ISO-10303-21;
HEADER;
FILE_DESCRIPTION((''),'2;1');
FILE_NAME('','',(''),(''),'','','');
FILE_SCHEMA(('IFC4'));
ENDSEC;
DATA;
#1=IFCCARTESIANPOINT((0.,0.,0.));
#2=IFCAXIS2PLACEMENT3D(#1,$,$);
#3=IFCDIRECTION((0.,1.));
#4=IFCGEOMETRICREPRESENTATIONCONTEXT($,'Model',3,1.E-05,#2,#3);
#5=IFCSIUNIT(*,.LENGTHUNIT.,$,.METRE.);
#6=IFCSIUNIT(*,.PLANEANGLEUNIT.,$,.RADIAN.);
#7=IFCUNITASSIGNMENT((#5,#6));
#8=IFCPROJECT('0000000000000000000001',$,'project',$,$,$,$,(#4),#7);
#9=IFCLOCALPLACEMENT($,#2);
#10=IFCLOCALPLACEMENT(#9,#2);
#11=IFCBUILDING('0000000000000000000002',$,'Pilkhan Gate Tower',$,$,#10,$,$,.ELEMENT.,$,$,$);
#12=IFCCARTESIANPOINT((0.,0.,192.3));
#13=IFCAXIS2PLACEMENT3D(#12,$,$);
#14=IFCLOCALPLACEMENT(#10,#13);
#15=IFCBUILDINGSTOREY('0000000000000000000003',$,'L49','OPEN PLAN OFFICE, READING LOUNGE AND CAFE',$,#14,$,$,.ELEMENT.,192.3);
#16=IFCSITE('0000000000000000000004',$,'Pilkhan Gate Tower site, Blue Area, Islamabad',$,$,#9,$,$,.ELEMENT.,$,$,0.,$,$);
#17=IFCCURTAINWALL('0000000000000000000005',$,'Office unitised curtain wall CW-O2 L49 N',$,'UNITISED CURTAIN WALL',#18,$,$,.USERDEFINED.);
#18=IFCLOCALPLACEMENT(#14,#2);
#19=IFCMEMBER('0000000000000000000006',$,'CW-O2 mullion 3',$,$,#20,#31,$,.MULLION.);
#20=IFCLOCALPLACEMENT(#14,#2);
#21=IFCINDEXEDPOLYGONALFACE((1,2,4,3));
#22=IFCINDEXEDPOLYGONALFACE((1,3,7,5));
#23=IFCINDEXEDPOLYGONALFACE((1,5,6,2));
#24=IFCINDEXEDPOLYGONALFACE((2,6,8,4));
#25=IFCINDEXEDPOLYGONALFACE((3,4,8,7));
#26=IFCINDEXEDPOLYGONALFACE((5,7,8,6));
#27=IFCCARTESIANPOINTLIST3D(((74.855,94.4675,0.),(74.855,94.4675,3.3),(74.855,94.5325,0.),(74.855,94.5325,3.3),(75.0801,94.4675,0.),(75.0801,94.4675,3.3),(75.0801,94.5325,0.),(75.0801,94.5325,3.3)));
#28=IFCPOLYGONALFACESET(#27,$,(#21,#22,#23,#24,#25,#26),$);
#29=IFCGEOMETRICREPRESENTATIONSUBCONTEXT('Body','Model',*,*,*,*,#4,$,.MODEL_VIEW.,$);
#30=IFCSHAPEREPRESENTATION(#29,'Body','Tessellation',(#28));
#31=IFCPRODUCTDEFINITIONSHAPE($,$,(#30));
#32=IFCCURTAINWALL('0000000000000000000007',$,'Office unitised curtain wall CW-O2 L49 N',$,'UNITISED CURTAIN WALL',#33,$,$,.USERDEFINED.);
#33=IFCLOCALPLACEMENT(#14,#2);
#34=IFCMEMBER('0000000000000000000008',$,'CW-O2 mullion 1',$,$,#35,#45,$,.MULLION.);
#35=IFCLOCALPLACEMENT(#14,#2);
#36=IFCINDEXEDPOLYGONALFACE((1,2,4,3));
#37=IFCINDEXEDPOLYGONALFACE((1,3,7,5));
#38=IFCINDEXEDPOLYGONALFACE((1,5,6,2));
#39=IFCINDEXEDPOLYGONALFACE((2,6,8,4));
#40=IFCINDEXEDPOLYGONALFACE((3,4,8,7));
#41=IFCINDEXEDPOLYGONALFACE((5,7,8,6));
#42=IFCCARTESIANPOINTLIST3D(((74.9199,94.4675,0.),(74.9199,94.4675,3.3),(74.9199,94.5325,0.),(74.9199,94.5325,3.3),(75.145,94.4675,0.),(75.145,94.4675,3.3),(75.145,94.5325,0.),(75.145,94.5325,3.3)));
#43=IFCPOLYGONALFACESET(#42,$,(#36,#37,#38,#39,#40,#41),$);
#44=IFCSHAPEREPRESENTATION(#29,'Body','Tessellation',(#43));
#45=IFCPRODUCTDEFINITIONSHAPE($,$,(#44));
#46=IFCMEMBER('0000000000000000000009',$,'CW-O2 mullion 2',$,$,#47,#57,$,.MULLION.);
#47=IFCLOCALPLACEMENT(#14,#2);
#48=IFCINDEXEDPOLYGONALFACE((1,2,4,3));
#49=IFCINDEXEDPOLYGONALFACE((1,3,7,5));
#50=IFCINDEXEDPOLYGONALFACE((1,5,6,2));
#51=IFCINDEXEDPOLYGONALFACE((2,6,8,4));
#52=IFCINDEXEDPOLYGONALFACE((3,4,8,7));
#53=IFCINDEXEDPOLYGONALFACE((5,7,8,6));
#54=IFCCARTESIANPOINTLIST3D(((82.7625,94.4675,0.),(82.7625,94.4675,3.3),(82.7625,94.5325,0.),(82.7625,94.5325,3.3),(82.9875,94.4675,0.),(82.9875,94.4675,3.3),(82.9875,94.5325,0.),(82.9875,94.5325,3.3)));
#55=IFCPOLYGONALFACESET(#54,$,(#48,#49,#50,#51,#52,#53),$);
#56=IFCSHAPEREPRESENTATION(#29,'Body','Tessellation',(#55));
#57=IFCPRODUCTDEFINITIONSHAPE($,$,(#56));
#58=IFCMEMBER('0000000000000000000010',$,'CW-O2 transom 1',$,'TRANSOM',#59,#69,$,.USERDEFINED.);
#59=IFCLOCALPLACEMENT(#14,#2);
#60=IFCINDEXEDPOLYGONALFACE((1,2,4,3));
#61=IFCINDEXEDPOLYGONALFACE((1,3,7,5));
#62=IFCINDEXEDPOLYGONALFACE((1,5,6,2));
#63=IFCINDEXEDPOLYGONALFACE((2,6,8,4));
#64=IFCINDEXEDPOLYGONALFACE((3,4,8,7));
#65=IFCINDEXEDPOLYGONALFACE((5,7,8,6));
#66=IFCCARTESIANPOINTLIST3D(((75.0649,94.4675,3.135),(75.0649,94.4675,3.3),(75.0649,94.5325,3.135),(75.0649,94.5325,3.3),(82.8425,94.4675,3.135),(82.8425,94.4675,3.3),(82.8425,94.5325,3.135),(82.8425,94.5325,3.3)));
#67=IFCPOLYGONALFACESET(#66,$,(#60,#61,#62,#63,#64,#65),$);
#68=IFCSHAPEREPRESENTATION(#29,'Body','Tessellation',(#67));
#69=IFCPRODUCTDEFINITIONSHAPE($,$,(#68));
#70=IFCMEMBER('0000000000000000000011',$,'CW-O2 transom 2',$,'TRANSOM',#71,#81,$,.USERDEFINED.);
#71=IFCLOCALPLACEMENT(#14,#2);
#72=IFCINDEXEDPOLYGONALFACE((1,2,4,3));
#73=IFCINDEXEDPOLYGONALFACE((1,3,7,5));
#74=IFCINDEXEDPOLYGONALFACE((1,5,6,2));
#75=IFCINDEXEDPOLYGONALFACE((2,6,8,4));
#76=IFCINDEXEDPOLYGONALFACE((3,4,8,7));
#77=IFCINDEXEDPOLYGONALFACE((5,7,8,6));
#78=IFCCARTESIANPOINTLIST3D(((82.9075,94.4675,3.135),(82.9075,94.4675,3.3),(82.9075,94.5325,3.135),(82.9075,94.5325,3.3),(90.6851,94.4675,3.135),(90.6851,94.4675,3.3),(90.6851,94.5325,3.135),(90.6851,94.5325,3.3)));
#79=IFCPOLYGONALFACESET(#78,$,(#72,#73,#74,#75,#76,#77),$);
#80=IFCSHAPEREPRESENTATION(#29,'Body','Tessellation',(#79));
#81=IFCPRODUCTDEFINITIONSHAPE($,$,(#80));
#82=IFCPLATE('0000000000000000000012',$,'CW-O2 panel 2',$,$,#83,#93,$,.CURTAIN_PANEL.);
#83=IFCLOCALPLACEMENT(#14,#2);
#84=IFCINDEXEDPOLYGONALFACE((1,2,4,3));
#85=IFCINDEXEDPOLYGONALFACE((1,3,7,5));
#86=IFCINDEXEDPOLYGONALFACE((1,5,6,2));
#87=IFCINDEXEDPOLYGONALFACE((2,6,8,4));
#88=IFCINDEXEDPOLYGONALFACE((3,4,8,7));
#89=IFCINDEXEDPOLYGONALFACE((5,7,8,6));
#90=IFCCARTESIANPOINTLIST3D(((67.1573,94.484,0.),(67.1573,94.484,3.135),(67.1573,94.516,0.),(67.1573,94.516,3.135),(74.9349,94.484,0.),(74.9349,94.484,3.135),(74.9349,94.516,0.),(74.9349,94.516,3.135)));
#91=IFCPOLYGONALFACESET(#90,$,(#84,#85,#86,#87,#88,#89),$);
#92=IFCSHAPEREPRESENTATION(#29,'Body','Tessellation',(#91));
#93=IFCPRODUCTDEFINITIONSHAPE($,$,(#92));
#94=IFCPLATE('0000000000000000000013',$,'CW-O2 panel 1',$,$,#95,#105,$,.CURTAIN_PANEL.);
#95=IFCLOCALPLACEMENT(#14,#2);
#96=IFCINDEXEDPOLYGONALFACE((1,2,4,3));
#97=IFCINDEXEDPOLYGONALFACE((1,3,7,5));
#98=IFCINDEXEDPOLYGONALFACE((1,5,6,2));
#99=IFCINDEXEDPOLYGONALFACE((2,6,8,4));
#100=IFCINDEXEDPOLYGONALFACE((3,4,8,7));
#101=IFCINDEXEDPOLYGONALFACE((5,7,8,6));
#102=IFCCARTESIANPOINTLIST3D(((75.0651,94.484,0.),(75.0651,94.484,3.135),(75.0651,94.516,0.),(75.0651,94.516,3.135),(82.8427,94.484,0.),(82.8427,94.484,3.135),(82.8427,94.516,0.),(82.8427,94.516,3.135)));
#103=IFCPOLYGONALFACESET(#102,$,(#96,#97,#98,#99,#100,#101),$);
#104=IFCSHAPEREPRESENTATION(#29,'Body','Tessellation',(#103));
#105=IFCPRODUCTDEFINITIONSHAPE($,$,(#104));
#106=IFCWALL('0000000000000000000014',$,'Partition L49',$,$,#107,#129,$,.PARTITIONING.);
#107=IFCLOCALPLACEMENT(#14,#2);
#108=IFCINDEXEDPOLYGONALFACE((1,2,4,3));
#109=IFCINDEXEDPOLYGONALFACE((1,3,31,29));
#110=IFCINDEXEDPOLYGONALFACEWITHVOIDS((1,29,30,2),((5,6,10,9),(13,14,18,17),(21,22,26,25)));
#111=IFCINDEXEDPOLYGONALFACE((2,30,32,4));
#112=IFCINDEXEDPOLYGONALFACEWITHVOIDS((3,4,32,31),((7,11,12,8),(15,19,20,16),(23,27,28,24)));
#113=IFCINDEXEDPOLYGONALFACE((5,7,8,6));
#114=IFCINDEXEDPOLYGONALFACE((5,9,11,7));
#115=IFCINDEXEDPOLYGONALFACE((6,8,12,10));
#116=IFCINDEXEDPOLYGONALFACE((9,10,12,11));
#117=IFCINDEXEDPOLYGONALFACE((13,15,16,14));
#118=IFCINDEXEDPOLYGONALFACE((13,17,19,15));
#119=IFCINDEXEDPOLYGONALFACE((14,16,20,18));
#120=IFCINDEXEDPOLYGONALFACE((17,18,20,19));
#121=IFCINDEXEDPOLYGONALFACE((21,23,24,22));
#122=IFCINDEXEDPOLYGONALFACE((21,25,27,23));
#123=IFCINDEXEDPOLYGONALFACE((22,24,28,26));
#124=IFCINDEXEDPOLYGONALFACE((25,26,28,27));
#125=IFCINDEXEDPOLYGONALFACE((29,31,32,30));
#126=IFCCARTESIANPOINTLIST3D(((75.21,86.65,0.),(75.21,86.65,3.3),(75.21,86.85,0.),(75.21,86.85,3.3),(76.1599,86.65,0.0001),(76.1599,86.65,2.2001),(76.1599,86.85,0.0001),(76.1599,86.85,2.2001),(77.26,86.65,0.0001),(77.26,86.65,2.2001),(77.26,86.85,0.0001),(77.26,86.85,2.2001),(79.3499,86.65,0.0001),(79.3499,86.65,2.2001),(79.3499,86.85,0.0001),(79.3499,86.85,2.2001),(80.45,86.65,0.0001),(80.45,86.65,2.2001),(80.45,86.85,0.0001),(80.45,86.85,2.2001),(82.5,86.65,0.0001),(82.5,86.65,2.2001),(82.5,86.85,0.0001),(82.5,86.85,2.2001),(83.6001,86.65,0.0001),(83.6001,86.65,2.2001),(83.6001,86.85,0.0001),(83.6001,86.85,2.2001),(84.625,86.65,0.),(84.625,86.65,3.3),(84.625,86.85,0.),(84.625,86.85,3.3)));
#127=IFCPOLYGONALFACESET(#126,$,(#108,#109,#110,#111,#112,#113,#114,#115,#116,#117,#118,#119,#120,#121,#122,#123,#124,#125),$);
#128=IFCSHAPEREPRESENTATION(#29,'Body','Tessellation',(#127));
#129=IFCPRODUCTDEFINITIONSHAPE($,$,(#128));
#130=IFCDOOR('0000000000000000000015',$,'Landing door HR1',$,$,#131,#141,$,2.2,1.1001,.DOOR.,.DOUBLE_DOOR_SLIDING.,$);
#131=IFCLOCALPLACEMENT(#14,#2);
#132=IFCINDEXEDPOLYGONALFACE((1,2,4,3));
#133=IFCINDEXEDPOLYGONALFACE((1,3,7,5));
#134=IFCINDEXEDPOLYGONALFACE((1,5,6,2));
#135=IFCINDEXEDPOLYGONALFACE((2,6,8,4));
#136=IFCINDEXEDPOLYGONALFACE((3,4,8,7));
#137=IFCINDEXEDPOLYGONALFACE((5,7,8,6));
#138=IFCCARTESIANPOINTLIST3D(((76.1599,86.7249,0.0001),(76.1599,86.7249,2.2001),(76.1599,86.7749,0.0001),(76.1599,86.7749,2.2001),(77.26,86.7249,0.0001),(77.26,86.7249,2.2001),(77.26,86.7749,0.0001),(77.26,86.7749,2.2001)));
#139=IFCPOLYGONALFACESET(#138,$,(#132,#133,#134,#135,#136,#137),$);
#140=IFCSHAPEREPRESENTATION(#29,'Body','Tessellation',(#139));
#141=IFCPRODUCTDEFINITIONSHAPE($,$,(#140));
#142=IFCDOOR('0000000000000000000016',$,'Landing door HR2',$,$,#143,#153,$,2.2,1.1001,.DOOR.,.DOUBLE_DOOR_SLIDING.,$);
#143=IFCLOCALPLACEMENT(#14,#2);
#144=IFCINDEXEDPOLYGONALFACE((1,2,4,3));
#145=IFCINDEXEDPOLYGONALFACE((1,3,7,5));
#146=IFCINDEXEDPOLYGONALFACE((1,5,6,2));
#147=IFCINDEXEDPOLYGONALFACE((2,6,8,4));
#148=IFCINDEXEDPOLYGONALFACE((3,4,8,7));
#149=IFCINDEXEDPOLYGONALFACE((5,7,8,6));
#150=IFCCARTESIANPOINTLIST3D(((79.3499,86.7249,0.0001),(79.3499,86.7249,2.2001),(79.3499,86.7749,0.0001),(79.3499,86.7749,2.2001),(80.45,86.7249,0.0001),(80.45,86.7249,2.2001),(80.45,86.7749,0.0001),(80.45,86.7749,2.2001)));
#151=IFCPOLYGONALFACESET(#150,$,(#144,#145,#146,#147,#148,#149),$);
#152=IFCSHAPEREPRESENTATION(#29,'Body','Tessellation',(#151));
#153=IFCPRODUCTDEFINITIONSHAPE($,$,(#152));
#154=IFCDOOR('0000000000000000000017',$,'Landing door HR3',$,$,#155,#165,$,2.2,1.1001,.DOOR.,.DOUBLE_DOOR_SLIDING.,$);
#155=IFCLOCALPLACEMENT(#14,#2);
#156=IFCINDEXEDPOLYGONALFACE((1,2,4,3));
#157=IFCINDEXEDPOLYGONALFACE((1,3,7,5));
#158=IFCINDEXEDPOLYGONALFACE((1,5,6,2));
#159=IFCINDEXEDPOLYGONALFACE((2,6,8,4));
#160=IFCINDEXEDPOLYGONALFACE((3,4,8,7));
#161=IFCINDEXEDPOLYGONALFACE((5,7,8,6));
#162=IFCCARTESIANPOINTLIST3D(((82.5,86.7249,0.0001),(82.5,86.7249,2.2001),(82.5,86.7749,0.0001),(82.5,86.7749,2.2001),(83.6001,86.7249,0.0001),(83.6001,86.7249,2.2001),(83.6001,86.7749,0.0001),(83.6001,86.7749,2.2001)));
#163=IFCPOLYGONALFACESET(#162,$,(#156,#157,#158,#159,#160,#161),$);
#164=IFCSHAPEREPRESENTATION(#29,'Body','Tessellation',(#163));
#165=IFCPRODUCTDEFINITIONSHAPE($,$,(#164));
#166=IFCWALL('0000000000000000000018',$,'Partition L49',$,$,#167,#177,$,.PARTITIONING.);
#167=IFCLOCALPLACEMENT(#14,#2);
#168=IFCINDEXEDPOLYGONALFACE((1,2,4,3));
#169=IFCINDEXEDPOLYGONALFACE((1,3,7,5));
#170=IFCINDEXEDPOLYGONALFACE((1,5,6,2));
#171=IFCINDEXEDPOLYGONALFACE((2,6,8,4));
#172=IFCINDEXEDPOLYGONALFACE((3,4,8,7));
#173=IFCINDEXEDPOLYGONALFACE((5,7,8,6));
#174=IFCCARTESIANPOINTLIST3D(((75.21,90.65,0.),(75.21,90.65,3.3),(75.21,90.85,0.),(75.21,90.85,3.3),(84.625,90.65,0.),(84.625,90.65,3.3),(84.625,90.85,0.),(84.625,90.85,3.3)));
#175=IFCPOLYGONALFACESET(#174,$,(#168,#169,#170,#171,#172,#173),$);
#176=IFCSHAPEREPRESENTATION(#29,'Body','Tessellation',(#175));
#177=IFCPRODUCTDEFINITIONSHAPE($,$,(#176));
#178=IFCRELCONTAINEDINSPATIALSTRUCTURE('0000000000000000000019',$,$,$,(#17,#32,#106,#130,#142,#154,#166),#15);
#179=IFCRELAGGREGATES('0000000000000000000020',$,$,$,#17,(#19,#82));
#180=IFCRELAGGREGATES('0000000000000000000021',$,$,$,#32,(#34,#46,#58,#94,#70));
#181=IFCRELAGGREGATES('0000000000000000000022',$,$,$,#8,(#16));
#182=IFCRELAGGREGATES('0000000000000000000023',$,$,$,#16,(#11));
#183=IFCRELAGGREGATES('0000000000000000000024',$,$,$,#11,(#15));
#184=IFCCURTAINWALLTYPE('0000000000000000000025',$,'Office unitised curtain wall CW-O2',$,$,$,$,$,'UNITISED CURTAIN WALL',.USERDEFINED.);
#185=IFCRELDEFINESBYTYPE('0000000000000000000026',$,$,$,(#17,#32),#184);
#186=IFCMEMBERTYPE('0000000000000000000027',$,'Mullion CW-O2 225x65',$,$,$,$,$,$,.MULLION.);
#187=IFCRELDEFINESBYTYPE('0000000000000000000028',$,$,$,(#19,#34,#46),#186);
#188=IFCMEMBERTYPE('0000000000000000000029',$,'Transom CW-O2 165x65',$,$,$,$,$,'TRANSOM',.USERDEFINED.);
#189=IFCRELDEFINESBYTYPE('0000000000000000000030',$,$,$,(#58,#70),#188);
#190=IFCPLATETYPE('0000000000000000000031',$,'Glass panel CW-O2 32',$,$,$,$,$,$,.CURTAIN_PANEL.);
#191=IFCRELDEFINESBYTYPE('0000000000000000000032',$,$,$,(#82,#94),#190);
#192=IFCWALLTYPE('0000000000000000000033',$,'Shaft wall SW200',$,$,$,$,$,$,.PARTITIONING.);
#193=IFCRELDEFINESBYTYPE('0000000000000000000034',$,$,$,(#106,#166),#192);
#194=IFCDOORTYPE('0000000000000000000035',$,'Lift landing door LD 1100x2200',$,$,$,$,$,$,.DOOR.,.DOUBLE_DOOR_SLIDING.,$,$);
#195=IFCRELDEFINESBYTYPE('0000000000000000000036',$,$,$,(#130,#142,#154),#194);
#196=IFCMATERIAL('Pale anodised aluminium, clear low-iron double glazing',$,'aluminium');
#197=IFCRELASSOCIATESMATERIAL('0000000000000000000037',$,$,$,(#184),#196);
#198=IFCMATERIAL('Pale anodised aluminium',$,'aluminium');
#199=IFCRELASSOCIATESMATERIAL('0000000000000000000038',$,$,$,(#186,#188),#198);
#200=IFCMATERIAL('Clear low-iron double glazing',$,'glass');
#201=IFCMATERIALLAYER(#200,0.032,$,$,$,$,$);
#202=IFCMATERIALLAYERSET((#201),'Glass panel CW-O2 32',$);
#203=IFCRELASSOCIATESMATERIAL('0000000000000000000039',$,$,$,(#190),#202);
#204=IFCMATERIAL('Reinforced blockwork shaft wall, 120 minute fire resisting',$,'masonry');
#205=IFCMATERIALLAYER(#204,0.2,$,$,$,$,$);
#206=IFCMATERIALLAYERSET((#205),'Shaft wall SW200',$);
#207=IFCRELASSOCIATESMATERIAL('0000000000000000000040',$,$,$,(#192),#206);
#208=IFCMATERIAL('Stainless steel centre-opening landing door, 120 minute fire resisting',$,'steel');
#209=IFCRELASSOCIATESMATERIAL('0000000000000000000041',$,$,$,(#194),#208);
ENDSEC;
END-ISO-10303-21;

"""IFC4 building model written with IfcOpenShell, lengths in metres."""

from ifc_helpers import new_model, si_unit, direction, frame, frame_2d, origin, origin_2d, place, context, subcontext, project, spatial, rectangle, extrude, material, layer, layer_set, material_profile, profile_set, type_object, element, fill, aggregate, save


model = new_model("IFC4")

# Units and contexts
model_context = context("Model", 3, precision=1e-05, world=origin(), true_north=direction((0.0, 1.0)))
body_context = subcontext(model_context, "Body", "Model", "MODEL_VIEW")
ifc_project = project(units=[si_unit("LENGTHUNIT", "METRE"), si_unit("PLANEANGLEUNIT", "RADIAN")], contexts=[model_context])

# Site, building, storey
site_placement = place(None, origin())
site = spatial("IfcSite", under=ifc_project, at=site_placement, Name="Pilkhan Gate Tower site, Blue Area, Islamabad", CompositionType="ELEMENT", RefElevation=0.0)
building_placement = place(site_placement, origin())
building = spatial("IfcBuilding", under=site, at=building_placement, Name="Pilkhan Gate Tower", CompositionType="ELEMENT")
storey_placement = place(building_placement, frame((0.0, 0.0, 192.3)))
storey = spatial("IfcBuildingStorey", under=building, at=storey_placement, Name="L49", Description="OPEN PLAN OFFICE, READING LOUNGE AND CAFE", CompositionType="ELEMENT", Elevation=192.3)

# Curtain wall, member
ifc_material_1 = material(Name="Pale anodised aluminium, clear low-iron double glazing", Category="aluminium")
curtain_wall_type = type_object("IfcCurtainWallType", Name="Office unitised curtain wall CW-O2", ElementType="UNITISED CURTAIN WALL", PredefinedType="USERDEFINED", material=ifc_material_1)
curtain_wall_1_placement = place(storey_placement, origin())
curtain_wall_1 = element("IfcCurtainWall", 1, at=curtain_wall_1_placement, inside=storey, type_object=curtain_wall_type, Name="Office unitised curtain wall CW-O2 L49 N", ObjectType="UNITISED CURTAIN WALL", PredefinedType="USERDEFINED")
ifc_material_2 = material(Name="Pale anodised aluminium", Category="aluminium")
ifc_material_profile_1 = material_profile(ifc_material_2, rectangle(XDim=0.0649, YDim=0.2251, at=origin_2d()), Name="Mullion 225x65")
ifc_profile_set_1 = profile_set([ifc_material_profile_1], Name="Pale anodised aluminium")
member_type_1 = type_object("IfcMemberType", Name="Mullion CW-O2 225x65", PredefinedType="MULLION", material=ifc_profile_set_1)
member_1_placement = place(storey_placement, frame((74.9675, 94.5, 0.0), z_axis=(0.0, 0.0, 1.0), x_axis=(0.0, 1.0, 0.0)))
member_1 = element("IfcMember", 2, at=member_1_placement, type_object=member_type_1, Name="CW-O2 mullion 3", PredefinedType="MULLION", context=body_context, shape_type="SweptSolid", body=[
    extrude(rectangle(XDim=0.0649, YDim=0.2251, at=origin_2d()), origin(), (0.0, 0.0, 1.0), 3.3),
])

# Curtain wall, members
curtain_wall_2_placement = place(storey_placement, origin())
curtain_wall_2 = element("IfcCurtainWall", 3, at=curtain_wall_2_placement, inside=storey, type_object=curtain_wall_type, Name="Office unitised curtain wall CW-O2 L49 N", ObjectType="UNITISED CURTAIN WALL", PredefinedType="USERDEFINED")
member_2_placement = place(storey_placement, frame((75.0325, 94.5, 0.0), z_axis=(0.0, 0.0, 1.0), x_axis=(0.0, 1.0, 0.0)))
member_2 = element("IfcMember", 4, at=member_2_placement, type_object=member_type_1, Name="CW-O2 mullion 1", PredefinedType="MULLION", context=body_context, shape_type="SweptSolid", body=[
    extrude(rectangle(XDim=0.0649, YDim=0.2251, at=origin_2d()), origin(), (0.0, 0.0, 1.0), 3.3),
])
member_3_placement = place(storey_placement, frame((82.875, 94.5, 0.0), z_axis=(0.0, 0.0, 1.0), x_axis=(0.0, 1.0, 0.0)))
member_3 = element("IfcMember", 5, at=member_3_placement, type_object=member_type_1, Name="CW-O2 mullion 2", PredefinedType="MULLION", context=body_context, shape_type="SweptSolid", body=[
    extrude(rectangle(XDim=0.0649, YDim=0.2251, at=origin_2d()), origin(), (0.0, 0.0, 1.0), 3.3),
])
ifc_material_profile_2 = material_profile(ifc_material_2, rectangle(XDim=0.0649, YDim=0.165, at=origin_2d()), Name="Transom 165x65")
ifc_profile_set_2 = profile_set([ifc_material_profile_2], Name="Pale anodised aluminium")
member_type_2 = type_object("IfcMemberType", Name="Transom CW-O2 165x65", ElementType="TRANSOM", PredefinedType="USERDEFINED", material=ifc_profile_set_2)
member_4_placement = place(storey_placement, frame((75.0649, 94.5, 3.2175), z_axis=(1.0, 0.0, 0.0), x_axis=(0.0, 1.0, 0.0)))
member_4 = element("IfcMember", 6, at=member_4_placement, type_object=member_type_2, Name="CW-O2 transom 1", ObjectType="TRANSOM", PredefinedType="USERDEFINED", context=body_context, shape_type="SweptSolid", body=[
    extrude(rectangle(XDim=0.0649, YDim=0.165, at=origin_2d()), origin(), (0.0, 0.0, 1.0), 7.7776),
])
member_5_placement = place(storey_placement, frame((82.9075, 94.5, 3.2175), z_axis=(1.0, 0.0, 0.0), x_axis=(0.0, 1.0, 0.0)))
member_5 = element("IfcMember", 7, at=member_5_placement, type_object=member_type_2, Name="CW-O2 transom 2", ObjectType="TRANSOM", PredefinedType="USERDEFINED", context=body_context, shape_type="SweptSolid", body=[
    extrude(rectangle(XDim=0.0649, YDim=0.165, at=origin_2d()), origin(), (0.0, 0.0, 1.0), 7.7776),
])

# Plates
ifc_material_3 = material(Name="Clear low-iron double glazing", Category="glass")
ifc_layer_1 = layer(ifc_material_3, 0.032)
ifc_layer_set_1 = layer_set([ifc_layer_1], Name="Glass panel CW-O2 32")
plate_type = type_object("IfcPlateType", Name="Glass panel CW-O2 32", PredefinedType="CURTAIN_PANEL", material=ifc_layer_set_1)
plate_1_placement = place(storey_placement, frame((71.0461, 94.5, 0.0), z_axis=(0.0, 0.0, 1.0), x_axis=(1.0, 0.0, 0.0)))
plate_1 = element("IfcPlate", 8, at=plate_1_placement, type_object=plate_type, Name="CW-O2 panel 2", PredefinedType="CURTAIN_PANEL", context=body_context, shape_type="SweptSolid", body=[
    extrude(rectangle(XDim=7.7776, YDim=0.032, at=origin_2d()), origin(), (0.0, 0.0, 1.0), 3.135),
])
aggregate(curtain_wall_1, [member_1, plate_1])
plate_2_placement = place(storey_placement, frame((78.9539, 94.5, 0.0), z_axis=(0.0, 0.0, 1.0), x_axis=(1.0, 0.0, 0.0)))
plate_2 = element("IfcPlate", 9, at=plate_2_placement, type_object=plate_type, Name="CW-O2 panel 1", PredefinedType="CURTAIN_PANEL", context=body_context, shape_type="SweptSolid", body=[
    extrude(rectangle(XDim=7.7776, YDim=0.032, at=origin_2d()), origin(), (0.0, 0.0, 1.0), 3.135),
])
aggregate(curtain_wall_2, [member_2, member_3, member_4, plate_2, member_5])

# Wall, openings, doors
ifc_material_4 = material(Name="Reinforced blockwork shaft wall, 120 minute fire resisting", Category="masonry")
ifc_layer_2 = layer(ifc_material_4, 0.2)
ifc_layer_set_2 = layer_set([ifc_layer_2], Name="Shaft wall SW200")
wall_type_1 = type_object("IfcWallType", Name="Shaft wall SW200", PredefinedType="PARTITIONING", material=ifc_layer_set_2)
wall_1_placement = place(storey_placement, frame((75.21, 86.75, 0.0), z_axis=(0.0, 0.0, 1.0), x_axis=(1.0, 0.0, 0.0)))
wall_1 = element("IfcWall", 10, at=wall_1_placement, inside=storey, type_object=wall_type_1, Name="Partition L49", PredefinedType="PARTITIONING", context=body_context, shape_type="SweptSolid", body=[
    extrude(rectangle(XDim=9.415, YDim=0.2, at=frame_2d((4.7075, 0.0))), origin(), (0.0, 0.0, 1.0), 3.3),
])
opening_1_placement = place(wall_1_placement, frame((0.95, 0.0, 0.0)))
opening_1 = element("IfcOpeningElement", 11, at=opening_1_placement, cuts=wall_1, PredefinedType="OPENING", context=body_context, shape_type="SweptSolid", body=[
    extrude(rectangle(XDim=1.1001, YDim=2.2, at=frame_2d((0.55, 1.1001))), frame((0.0, 0.1099, 0.0), z_axis=(0.0, -1.0, 0.0), x_axis=(1.0, 0.0, 0.0)), (0.0, 0.0, 1.0), 0.22),
])
opening_2_placement = place(wall_1_placement, frame((4.1399, 0.0, 0.0)))
opening_2 = element("IfcOpeningElement", 12, at=opening_2_placement, cuts=wall_1, PredefinedType="OPENING", context=body_context, shape_type="SweptSolid", body=[
    extrude(rectangle(XDim=1.1001, YDim=2.2, at=frame_2d((0.55, 1.1001))), frame((0.0, 0.1099, 0.0), z_axis=(0.0, -1.0, 0.0), x_axis=(1.0, 0.0, 0.0)), (0.0, 0.0, 1.0), 0.22),
])
opening_3_placement = place(wall_1_placement, frame((7.29, 0.0, 0.0)))
opening_3 = element("IfcOpeningElement", 13, at=opening_3_placement, cuts=wall_1, PredefinedType="OPENING", context=body_context, shape_type="SweptSolid", body=[
    extrude(rectangle(XDim=1.1001, YDim=2.2, at=frame_2d((0.55, 1.1001))), frame((0.0, 0.1099, 0.0), z_axis=(0.0, -1.0, 0.0), x_axis=(1.0, 0.0, 0.0)), (0.0, 0.0, 1.0), 0.22),
])
ifc_material_5 = material(Name="Stainless steel centre-opening landing door, 120 minute fire resisting", Category="steel")
door_type = type_object("IfcDoorType", Name="Lift landing door LD 1100x2200", OperationType="DOUBLE_DOOR_SLIDING", PredefinedType="DOOR", material=ifc_material_5)
door_1_placement = place(opening_1_placement, origin())
door_1 = element("IfcDoor", 14, at=door_1_placement, inside=storey, type_object=door_type, Name="Landing door HR1", OperationType="DOUBLE_DOOR_SLIDING", OverallHeight=2.2, OverallWidth=1.1001, PredefinedType="DOOR", context=body_context, shape_type="SweptSolid", body=[
    extrude(rectangle(XDim=1.1001, YDim=2.2, at=frame_2d((0.55, 1.1001))), frame((0.0, 0.0249, 0.0), z_axis=(0.0, -1.0, 0.0), x_axis=(1.0, 0.0, 0.0)), (0.0, 0.0, 1.0), 0.05),
])
fill(opening_1, door_1)
door_2_placement = place(opening_2_placement, origin())
door_2 = element("IfcDoor", 15, at=door_2_placement, inside=storey, type_object=door_type, Name="Landing door HR2", OperationType="DOUBLE_DOOR_SLIDING", OverallHeight=2.2, OverallWidth=1.1001, PredefinedType="DOOR", context=body_context, shape_type="SweptSolid", body=[
    extrude(rectangle(XDim=1.1001, YDim=2.2, at=frame_2d((0.55, 1.1001))), frame((0.0, 0.0249, 0.0), z_axis=(0.0, -1.0, 0.0), x_axis=(1.0, 0.0, 0.0)), (0.0, 0.0, 1.0), 0.05),
])
fill(opening_2, door_2)
door_3_placement = place(opening_3_placement, origin())
door_3 = element("IfcDoor", 16, at=door_3_placement, inside=storey, type_object=door_type, Name="Landing door HR3", OperationType="DOUBLE_DOOR_SLIDING", OverallHeight=2.2, OverallWidth=1.1001, PredefinedType="DOOR", context=body_context, shape_type="SweptSolid", body=[
    extrude(rectangle(XDim=1.1001, YDim=2.2, at=frame_2d((0.55, 1.1001))), frame((0.0, 0.0249, 0.0), z_axis=(0.0, -1.0, 0.0), x_axis=(1.0, 0.0, 0.0)), (0.0, 0.0, 1.0), 0.05),
])
fill(opening_3, door_3)

# Wall
wall_2_placement = place(storey_placement, frame((75.21, 90.75, 0.0), z_axis=(0.0, 0.0, 1.0), x_axis=(1.0, 0.0, 0.0)))
element("IfcWall", 17, at=wall_2_placement, inside=storey, type_object=wall_type_1, Name="Partition L49", PredefinedType="PARTITIONING", context=body_context, shape_type="SweptSolid", body=[
    extrude(rectangle(XDim=9.415, YDim=0.2, at=frame_2d((4.7075, 0.0))), origin(), (0.0, 0.0, 1.0), 3.3),
])

save(model, "model.ifc")
